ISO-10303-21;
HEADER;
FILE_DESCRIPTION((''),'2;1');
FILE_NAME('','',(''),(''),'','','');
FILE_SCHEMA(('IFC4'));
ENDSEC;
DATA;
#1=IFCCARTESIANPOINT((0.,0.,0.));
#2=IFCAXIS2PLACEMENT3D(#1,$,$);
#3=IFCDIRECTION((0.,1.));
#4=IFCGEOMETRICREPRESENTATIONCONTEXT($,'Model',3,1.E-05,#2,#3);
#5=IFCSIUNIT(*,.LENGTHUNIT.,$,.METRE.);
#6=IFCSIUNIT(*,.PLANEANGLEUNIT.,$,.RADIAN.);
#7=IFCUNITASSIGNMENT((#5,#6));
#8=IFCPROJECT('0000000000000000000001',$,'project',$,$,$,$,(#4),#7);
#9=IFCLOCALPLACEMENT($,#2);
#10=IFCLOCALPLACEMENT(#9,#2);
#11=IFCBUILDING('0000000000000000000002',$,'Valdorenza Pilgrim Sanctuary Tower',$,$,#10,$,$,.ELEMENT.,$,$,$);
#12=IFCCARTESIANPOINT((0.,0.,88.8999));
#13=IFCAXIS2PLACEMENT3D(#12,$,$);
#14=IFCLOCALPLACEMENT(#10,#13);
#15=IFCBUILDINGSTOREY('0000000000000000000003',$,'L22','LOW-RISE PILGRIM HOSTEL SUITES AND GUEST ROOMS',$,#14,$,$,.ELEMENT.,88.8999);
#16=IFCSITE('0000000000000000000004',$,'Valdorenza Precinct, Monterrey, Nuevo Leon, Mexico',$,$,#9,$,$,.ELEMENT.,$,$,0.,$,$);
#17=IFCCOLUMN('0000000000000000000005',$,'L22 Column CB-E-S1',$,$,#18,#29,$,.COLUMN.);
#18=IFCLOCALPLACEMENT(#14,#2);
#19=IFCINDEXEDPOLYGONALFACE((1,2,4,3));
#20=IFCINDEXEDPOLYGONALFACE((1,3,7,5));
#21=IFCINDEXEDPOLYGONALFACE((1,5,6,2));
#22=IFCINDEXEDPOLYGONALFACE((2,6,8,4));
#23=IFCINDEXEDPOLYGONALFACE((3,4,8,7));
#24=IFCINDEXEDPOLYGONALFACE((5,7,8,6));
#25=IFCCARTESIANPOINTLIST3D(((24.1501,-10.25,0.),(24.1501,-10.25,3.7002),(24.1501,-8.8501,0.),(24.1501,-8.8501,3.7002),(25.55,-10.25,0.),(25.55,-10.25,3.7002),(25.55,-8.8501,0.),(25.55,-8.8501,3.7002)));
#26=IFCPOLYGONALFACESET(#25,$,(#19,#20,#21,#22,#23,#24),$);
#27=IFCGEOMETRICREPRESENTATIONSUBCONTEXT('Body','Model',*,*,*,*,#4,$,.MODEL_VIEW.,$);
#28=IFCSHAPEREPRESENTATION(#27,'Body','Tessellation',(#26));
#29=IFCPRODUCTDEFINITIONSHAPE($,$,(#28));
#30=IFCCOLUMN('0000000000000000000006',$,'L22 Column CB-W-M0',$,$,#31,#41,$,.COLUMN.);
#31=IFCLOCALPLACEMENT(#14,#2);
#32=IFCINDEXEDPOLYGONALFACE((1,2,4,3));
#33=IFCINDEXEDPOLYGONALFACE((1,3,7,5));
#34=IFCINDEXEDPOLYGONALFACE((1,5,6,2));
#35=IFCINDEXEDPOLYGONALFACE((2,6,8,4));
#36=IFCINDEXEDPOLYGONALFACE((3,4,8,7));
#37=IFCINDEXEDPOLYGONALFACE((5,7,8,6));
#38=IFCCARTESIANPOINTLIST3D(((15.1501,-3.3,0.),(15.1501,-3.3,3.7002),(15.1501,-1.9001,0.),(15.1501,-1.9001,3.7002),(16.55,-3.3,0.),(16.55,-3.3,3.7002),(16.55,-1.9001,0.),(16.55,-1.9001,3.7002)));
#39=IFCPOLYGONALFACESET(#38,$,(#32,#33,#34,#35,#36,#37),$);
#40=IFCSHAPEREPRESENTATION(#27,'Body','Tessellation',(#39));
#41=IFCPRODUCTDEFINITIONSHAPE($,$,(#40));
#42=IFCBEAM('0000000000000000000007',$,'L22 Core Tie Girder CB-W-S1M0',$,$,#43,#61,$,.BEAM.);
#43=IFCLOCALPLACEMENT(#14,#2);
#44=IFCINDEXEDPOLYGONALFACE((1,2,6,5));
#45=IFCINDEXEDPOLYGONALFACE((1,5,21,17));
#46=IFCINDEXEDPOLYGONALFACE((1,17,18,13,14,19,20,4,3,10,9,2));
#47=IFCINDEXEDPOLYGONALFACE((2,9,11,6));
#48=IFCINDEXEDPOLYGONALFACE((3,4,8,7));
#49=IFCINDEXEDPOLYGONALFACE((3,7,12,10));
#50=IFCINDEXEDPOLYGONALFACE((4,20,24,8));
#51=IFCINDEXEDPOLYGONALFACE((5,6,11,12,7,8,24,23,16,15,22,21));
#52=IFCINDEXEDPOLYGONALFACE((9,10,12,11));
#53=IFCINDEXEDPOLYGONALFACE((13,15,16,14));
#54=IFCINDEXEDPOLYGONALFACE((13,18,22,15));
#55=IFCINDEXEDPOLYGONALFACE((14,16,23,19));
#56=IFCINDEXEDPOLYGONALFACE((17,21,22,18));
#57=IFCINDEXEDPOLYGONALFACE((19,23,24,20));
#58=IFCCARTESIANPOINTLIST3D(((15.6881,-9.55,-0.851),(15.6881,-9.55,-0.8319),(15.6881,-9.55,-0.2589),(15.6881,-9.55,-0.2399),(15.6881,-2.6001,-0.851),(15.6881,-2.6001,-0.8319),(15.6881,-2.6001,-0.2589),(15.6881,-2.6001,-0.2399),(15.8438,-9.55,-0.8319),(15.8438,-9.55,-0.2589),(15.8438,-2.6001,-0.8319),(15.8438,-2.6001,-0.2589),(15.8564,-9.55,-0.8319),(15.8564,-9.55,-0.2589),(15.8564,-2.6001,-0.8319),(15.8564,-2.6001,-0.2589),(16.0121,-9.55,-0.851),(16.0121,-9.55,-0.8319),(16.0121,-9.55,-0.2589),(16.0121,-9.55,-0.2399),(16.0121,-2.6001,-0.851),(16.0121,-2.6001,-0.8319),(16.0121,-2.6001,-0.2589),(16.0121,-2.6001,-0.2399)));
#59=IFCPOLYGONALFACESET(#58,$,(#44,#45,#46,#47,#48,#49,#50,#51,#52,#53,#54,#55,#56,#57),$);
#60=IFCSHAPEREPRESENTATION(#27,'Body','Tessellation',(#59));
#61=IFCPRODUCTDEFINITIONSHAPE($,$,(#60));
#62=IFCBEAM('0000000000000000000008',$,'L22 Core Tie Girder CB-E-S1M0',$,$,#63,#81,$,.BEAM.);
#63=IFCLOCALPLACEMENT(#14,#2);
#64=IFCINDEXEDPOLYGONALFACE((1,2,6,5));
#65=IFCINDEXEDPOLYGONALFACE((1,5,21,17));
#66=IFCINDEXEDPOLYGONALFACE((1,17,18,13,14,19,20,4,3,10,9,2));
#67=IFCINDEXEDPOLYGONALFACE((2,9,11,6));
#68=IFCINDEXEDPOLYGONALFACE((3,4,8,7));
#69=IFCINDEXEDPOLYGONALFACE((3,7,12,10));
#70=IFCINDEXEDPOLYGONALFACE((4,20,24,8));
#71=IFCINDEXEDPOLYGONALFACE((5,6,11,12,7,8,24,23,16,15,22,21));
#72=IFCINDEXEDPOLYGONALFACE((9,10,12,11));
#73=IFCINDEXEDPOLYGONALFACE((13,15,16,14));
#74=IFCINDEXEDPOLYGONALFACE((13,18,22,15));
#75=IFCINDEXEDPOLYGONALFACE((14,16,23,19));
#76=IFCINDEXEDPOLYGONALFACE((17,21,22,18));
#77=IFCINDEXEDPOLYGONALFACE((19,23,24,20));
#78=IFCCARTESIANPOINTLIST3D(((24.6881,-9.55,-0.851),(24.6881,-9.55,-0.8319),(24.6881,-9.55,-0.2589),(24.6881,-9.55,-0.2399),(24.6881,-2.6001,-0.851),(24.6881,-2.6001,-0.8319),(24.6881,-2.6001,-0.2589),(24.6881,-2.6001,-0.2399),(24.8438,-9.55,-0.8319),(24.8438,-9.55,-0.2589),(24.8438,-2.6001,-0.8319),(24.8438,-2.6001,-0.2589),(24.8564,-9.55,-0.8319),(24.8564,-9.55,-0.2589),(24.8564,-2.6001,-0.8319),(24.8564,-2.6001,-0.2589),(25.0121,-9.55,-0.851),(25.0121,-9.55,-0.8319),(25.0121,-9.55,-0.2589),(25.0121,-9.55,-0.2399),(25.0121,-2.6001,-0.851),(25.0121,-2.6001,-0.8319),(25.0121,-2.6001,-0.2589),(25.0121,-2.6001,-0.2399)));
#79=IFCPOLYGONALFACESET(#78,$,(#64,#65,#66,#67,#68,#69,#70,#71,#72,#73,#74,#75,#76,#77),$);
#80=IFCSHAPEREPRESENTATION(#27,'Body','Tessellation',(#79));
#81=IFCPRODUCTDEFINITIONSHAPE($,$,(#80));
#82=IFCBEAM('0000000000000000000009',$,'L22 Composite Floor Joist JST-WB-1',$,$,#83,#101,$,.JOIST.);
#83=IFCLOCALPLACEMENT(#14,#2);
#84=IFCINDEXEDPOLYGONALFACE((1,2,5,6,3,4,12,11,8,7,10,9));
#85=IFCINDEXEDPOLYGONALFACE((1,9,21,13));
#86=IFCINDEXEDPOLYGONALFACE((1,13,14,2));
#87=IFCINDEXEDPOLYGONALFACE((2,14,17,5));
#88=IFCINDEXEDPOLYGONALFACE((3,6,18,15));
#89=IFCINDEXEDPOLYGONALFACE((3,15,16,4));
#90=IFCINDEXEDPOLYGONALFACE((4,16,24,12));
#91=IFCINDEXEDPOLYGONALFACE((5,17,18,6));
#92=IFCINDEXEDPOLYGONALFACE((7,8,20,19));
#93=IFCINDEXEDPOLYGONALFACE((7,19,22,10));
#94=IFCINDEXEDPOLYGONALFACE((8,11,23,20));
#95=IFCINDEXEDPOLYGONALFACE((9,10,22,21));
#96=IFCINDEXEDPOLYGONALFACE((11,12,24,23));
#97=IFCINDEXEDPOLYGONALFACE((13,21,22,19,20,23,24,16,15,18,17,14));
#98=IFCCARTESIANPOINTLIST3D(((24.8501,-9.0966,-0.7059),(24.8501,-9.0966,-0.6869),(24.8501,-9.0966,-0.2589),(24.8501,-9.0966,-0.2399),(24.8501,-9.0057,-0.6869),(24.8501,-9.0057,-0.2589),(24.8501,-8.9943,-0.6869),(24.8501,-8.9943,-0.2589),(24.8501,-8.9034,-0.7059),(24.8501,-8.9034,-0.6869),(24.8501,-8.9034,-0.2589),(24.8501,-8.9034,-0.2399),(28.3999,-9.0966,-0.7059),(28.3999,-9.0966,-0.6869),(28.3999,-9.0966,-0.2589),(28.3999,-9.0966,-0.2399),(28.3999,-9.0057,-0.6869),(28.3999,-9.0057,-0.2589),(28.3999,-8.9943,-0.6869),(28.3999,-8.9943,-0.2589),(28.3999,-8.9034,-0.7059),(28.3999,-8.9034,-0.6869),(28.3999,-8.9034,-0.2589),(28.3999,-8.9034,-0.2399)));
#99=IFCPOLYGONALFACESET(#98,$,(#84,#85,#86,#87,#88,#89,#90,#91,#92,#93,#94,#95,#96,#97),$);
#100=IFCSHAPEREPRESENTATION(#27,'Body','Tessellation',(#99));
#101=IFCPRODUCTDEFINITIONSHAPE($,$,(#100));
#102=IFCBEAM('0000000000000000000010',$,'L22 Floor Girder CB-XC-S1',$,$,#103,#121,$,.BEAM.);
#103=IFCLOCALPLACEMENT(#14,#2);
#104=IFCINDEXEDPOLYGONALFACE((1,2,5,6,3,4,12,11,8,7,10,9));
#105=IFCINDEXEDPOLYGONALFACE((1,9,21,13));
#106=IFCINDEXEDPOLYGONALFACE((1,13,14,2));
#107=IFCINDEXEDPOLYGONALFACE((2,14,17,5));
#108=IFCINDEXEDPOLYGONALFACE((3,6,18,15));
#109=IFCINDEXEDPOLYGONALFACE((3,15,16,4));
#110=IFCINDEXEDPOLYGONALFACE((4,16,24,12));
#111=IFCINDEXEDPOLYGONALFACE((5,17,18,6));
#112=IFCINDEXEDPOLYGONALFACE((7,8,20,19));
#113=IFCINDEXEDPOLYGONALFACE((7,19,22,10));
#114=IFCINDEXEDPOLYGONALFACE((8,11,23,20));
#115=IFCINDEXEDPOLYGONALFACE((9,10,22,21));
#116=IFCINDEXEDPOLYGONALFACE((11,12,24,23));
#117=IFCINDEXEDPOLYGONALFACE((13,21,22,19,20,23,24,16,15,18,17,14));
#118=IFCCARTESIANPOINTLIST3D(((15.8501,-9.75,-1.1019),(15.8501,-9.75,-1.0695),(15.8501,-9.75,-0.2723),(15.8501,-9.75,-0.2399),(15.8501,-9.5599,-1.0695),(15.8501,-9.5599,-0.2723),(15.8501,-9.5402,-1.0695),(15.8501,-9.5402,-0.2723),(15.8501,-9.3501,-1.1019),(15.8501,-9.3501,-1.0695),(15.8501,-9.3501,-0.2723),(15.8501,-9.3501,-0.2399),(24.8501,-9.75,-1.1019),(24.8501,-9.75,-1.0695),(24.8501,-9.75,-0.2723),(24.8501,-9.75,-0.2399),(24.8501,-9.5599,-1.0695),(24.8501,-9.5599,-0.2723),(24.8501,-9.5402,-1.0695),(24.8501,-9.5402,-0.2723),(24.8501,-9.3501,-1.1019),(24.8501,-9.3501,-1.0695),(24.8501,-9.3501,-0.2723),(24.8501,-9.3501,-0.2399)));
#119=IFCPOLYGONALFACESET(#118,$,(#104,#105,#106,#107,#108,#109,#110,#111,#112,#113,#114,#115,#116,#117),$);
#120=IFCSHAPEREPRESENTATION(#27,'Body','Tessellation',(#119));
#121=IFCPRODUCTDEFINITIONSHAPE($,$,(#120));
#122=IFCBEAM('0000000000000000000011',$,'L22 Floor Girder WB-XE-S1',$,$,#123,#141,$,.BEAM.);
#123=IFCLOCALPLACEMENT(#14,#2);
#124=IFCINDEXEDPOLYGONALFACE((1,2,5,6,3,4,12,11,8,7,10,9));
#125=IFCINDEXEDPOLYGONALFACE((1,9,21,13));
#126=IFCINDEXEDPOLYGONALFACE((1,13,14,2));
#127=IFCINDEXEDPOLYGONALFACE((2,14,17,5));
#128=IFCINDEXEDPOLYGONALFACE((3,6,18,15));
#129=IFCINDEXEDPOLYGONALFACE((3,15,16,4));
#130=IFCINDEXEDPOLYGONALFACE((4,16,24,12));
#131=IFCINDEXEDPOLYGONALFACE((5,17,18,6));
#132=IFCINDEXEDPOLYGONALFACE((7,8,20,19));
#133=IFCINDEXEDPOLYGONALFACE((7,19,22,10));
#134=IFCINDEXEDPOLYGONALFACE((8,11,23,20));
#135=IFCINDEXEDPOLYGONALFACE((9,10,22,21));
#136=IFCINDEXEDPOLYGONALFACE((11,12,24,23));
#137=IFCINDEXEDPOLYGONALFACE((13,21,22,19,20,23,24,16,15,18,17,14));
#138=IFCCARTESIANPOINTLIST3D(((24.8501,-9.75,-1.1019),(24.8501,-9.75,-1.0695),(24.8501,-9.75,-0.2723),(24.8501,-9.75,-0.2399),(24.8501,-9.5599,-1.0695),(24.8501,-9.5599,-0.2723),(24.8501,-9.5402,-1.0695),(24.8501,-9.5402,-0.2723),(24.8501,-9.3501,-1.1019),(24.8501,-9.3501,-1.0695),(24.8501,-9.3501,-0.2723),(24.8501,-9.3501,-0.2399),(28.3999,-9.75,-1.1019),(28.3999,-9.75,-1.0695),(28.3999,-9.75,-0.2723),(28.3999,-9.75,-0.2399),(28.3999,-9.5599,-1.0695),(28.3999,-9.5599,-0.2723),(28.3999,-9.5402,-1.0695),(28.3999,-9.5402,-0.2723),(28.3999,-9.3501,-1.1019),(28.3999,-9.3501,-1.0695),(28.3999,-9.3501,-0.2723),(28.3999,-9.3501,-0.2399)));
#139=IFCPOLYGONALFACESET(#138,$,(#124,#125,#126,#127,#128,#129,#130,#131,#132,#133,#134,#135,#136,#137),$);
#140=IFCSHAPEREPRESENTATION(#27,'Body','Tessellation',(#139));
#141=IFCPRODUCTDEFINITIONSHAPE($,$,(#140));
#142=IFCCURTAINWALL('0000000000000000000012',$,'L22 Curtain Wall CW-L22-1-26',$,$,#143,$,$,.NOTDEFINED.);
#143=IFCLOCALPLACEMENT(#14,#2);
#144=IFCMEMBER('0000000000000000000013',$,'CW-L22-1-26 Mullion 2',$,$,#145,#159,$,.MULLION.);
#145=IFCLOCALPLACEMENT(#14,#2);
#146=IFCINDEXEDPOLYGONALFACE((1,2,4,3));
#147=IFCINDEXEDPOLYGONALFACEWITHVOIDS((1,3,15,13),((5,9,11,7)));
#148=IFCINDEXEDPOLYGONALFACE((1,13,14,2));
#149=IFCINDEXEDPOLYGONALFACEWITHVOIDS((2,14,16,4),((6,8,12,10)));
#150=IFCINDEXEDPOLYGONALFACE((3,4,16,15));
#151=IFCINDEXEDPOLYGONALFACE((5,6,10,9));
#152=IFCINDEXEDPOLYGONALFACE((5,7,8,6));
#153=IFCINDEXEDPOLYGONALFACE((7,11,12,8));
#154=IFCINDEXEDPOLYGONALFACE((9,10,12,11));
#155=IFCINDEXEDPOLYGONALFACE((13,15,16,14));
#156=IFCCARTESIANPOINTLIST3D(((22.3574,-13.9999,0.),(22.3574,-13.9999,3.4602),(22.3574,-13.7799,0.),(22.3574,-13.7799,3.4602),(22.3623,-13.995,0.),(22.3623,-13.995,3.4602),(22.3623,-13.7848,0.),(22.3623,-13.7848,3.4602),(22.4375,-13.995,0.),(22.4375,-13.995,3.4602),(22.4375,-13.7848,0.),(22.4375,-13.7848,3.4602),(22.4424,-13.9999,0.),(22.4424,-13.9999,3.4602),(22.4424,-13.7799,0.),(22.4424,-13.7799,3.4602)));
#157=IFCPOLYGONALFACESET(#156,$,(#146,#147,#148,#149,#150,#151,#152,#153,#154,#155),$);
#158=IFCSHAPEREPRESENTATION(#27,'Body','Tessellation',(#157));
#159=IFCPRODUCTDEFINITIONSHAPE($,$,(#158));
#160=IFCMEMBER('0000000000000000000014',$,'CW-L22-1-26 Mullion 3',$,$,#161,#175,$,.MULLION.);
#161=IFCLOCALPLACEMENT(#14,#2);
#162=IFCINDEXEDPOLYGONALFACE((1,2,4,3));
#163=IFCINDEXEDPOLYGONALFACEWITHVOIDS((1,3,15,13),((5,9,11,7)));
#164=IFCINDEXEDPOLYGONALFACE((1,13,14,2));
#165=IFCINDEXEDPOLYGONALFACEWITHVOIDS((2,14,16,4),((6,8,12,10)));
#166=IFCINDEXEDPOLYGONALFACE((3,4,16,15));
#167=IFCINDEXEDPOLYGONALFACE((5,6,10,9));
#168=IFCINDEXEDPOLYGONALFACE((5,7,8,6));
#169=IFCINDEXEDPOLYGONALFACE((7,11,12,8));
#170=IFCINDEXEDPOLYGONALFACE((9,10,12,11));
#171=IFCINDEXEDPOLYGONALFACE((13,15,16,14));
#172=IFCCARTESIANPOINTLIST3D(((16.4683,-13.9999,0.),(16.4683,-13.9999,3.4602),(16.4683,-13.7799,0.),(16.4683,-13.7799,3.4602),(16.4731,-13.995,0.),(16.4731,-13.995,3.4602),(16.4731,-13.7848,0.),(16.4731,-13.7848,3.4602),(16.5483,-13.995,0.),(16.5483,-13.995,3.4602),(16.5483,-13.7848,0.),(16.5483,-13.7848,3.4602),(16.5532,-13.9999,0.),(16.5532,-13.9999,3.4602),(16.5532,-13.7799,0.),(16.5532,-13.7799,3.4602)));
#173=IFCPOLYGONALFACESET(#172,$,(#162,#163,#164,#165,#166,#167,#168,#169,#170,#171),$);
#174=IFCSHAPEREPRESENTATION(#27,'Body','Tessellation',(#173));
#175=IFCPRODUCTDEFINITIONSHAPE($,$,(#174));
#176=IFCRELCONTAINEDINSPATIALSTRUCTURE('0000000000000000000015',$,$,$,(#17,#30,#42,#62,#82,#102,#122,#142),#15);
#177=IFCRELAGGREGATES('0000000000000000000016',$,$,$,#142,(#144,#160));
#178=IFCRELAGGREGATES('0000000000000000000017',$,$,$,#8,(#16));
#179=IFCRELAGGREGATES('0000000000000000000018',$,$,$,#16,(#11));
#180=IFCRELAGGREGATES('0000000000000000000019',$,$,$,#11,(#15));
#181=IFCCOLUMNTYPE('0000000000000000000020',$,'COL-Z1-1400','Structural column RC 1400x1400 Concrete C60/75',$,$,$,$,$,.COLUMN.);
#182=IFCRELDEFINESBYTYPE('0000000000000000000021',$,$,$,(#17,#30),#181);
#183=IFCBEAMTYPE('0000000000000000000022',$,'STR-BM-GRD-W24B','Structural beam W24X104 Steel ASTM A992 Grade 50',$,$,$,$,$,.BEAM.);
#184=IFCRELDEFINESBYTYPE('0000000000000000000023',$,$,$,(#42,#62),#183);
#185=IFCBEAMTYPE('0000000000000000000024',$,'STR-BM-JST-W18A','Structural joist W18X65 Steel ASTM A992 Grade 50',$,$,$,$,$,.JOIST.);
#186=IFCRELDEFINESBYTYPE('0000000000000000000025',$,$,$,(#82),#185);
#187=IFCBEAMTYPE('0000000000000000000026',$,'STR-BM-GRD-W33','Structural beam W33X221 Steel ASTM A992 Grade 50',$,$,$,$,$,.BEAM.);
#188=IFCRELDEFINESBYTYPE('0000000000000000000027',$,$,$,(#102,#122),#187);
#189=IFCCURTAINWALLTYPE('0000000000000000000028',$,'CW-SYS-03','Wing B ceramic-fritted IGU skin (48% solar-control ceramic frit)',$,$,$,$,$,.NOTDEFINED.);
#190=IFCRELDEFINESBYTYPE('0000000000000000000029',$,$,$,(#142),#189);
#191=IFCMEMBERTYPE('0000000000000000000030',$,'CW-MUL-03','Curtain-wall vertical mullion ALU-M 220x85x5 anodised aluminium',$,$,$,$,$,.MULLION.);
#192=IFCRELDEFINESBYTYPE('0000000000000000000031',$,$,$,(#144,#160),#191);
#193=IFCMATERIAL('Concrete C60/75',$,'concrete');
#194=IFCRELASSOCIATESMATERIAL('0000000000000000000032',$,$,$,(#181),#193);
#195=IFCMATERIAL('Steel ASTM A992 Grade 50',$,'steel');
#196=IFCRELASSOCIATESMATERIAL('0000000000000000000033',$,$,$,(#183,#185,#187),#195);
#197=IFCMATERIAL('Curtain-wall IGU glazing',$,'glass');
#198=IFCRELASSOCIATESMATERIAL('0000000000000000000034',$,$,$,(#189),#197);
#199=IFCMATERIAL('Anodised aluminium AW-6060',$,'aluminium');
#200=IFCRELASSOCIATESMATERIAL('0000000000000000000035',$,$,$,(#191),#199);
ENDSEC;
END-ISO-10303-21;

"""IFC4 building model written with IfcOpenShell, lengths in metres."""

from ifc_helpers import new_model, si_unit, direction, frame, origin, origin_2d, place, context, subcontext, project, spatial, rectangle, hollow_rectangle, i_section, extrude, source, transform, mapped, material, material_profile, profile_set, type_object, element, aggregate, save


model = new_model("IFC4")

# Units and contexts
model_context = context("Model", 3, precision=1e-05, world=origin(), true_north=direction((0.0, 1.0)))
body_context = subcontext(model_context, "Body", "Model", "MODEL_VIEW")
ifc_project = project(units=[si_unit("LENGTHUNIT", "METRE"), si_unit("PLANEANGLEUNIT", "RADIAN")], contexts=[model_context])

# Site, building, storey
site_placement = place(None, origin())
site = spatial("IfcSite", under=ifc_project, at=site_placement, Name="Valdorenza Precinct, Monterrey, Nuevo Leon, Mexico", CompositionType="ELEMENT", RefElevation=0.0)
building_placement = place(site_placement, origin())
building = spatial("IfcBuilding", under=site, at=building_placement, Name="Valdorenza Pilgrim Sanctuary Tower", CompositionType="ELEMENT")
storey_placement = place(building_placement, frame((0.0, 0.0, 88.8999)))
storey = spatial("IfcBuildingStorey", under=building, at=storey_placement, Name="L22", Description="LOW-RISE PILGRIM HOSTEL SUITES AND GUEST ROOMS", CompositionType="ELEMENT", Elevation=88.8999)

# Columns
ifc_material_1 = material(Name="Concrete C60/75", Category="concrete")
ifc_material_profile_1 = material_profile(ifc_material_1, rectangle(XDim=1.3999, YDim=1.3999, at=origin_2d()), Name="RC 1400x1400")
ifc_profile_set_1 = profile_set([ifc_material_profile_1], Name="Concrete C60/75")
column_type = type_object("IfcColumnType", Name="COL-Z1-1400", Description="Structural column RC 1400x1400 Concrete C60/75", PredefinedType="COLUMN", material=ifc_profile_set_1)
shared_shape_1 = source(origin(), body_context, "Body", "SweptSolid", [
    extrude(rectangle(XDim=1.3999, YDim=1.3999, at=origin_2d()), origin(), (0.0, 0.0, 1.0), 3.7002),
])
for number, where, z_axis, x_axis, name in (
    (1, (24.8501, -9.55, 0.0), (0.0, 0.0, 1.0), (1.0, 0.0, 0.0), "L22 Column CB-E-S1"),
    (2, (15.8501, -2.6001, 0.0), (0.0, 0.0, 1.0), (1.0, 0.0, 0.0), "L22 Column CB-W-M0"),
):
    element("IfcColumn", number, at=place(storey_placement, frame(where, z_axis=z_axis, x_axis=x_axis)), inside=storey, type_object=column_type, Name=name, PredefinedType="COLUMN", context=body_context, shape_type="MappedRepresentation", body=[
        mapped(shared_shape_1, transform((0.0, 0.0, 0.0), x_axis=(1.0, 0.0, 0.0), y_axis=(0.0, 1.0, 0.0), z_axis=(0.0, 0.0, 1.0), scale=1.0)),
    ])

# Beams
ifc_material_2 = material(Name="Steel ASTM A992 Grade 50", Category="steel")
ifc_material_profile_2 = material_profile(ifc_material_2, i_section(OverallWidth=0.324, OverallDepth=0.6111, WebThickness=0.0127, FlangeThickness=0.019, at=origin_2d()), Name="W24X104")
ifc_profile_set_2 = profile_set([ifc_material_profile_2], Name="Steel ASTM A992 Grade 50")
beam_type_1 = type_object("IfcBeamType", Name="STR-BM-GRD-W24B", Description="Structural beam W24X104 Steel ASTM A992 Grade 50", PredefinedType="BEAM", material=ifc_profile_set_2)
shared_shape_2 = source(origin(), body_context, "Body", "SweptSolid", [
    extrude(i_section(OverallWidth=0.324, OverallDepth=0.6111, WebThickness=0.0127, FlangeThickness=0.019, at=origin_2d()), origin(), (0.0, 0.0, 1.0), 6.95),
])
for number, where, z_axis, x_axis, name in (
    (3, (15.8501, -9.55, -0.5454), (0.0, 1.0, 0.0), (-1.0, 0.0, 0.0), "L22 Core Tie Girder CB-W-S1M0"),
    (4, (24.8501, -9.55, -0.5454), (0.0, 1.0, 0.0), (-1.0, 0.0, 0.0), "L22 Core Tie Girder CB-E-S1M0"),
):
    element("IfcBeam", number, at=place(storey_placement, frame(where, z_axis=z_axis, x_axis=x_axis)), inside=storey, type_object=beam_type_1, Name=name, PredefinedType="BEAM", context=body_context, shape_type="MappedRepresentation", body=[
        mapped(shared_shape_2, transform((0.0, 0.0, 0.0), x_axis=(1.0, 0.0, 0.0), y_axis=(0.0, 1.0, 0.0), z_axis=(0.0, 0.0, 1.0), scale=1.0)),
    ])
ifc_material_profile_3 = material_profile(ifc_material_2, i_section(OverallWidth=0.1931, OverallDepth=0.4661, WebThickness=0.0115, FlangeThickness=0.019, at=origin_2d()), Name="W18X65")
ifc_profile_set_3 = profile_set([ifc_material_profile_3], Name="Steel ASTM A992 Grade 50")
beam_type_2 = type_object("IfcBeamType", Name="STR-BM-JST-W18A", Description="Structural joist W18X65 Steel ASTM A992 Grade 50", PredefinedType="JOIST", material=ifc_profile_set_3)
shared_shape_3 = source(origin(), body_context, "Body", "SweptSolid", [
    extrude(i_section(OverallWidth=0.1931, OverallDepth=0.4661, WebThickness=0.0115, FlangeThickness=0.019, at=origin_2d()), origin(), (0.0, 0.0, 1.0), 3.5498),
])
beam_1_placement = place(storey_placement, frame((24.8501, -9.0, -0.4729), z_axis=(1.0, 0.0, 0.0), x_axis=(0.0, 1.0, 0.0)))
element("IfcBeam", 5, at=beam_1_placement, inside=storey, type_object=beam_type_2, Name="L22 Composite Floor Joist JST-WB-1", PredefinedType="JOIST", context=body_context, shape_type="MappedRepresentation", body=[
    mapped(shared_shape_3, transform((0.0, 0.0, 0.0), x_axis=(1.0, 0.0, 0.0), y_axis=(0.0, 1.0, 0.0), z_axis=(0.0, 0.0, 1.0), scale=1.0)),
])
ifc_material_profile_4 = material_profile(ifc_material_2, i_section(OverallWidth=0.3999, OverallDepth=0.8621, WebThickness=0.0198, FlangeThickness=0.0325, at=origin_2d()), Name="W33X221")
ifc_profile_set_4 = profile_set([ifc_material_profile_4], Name="Steel ASTM A992 Grade 50")
beam_type_3 = type_object("IfcBeamType", Name="STR-BM-GRD-W33", Description="Structural beam W33X221 Steel ASTM A992 Grade 50", PredefinedType="BEAM", material=ifc_profile_set_4)
shared_shape_4 = source(origin(), body_context, "Body", "SweptSolid", [
    extrude(i_section(OverallWidth=0.3999, OverallDepth=0.8621, WebThickness=0.0198, FlangeThickness=0.0325, at=origin_2d()), origin(), (0.0, 0.0, 1.0), 9.0),
])
beam_2_placement = place(storey_placement, frame((15.8501, -9.55, -0.6709), z_axis=(1.0, 0.0, 0.0), x_axis=(0.0, 1.0, 0.0)))
element("IfcBeam", 6, at=beam_2_placement, inside=storey, type_object=beam_type_3, Name="L22 Floor Girder CB-XC-S1", PredefinedType="BEAM", context=body_context, shape_type="MappedRepresentation", body=[
    mapped(shared_shape_4, transform((0.0, 0.0, 0.0), x_axis=(1.0, 0.0, 0.0), y_axis=(0.0, 1.0, 0.0), z_axis=(0.0, 0.0, 1.0), scale=1.0)),
])
shared_shape_5 = source(origin(), body_context, "Body", "SweptSolid", [
    extrude(i_section(OverallWidth=0.3999, OverallDepth=0.8621, WebThickness=0.0198, FlangeThickness=0.0325, at=origin_2d()), origin(), (0.0, 0.0, 1.0), 3.5498),
])
beam_3_placement = place(storey_placement, frame((24.8501, -9.55, -0.6709), z_axis=(1.0, 0.0, 0.0), x_axis=(0.0, 1.0, 0.0)))
element("IfcBeam", 7, at=beam_3_placement, inside=storey, type_object=beam_type_3, Name="L22 Floor Girder WB-XE-S1", PredefinedType="BEAM", context=body_context, shape_type="MappedRepresentation", body=[
    mapped(shared_shape_5, transform((0.0, 0.0, 0.0), x_axis=(1.0, 0.0, 0.0), y_axis=(0.0, 1.0, 0.0), z_axis=(0.0, 0.0, 1.0), scale=1.0)),
])

# Curtain wall, members
ifc_material_3 = material(Name="Curtain-wall IGU glazing", Category="glass")
curtain_wall_type = type_object("IfcCurtainWallType", Name="CW-SYS-03", Description="Wing B ceramic-fritted IGU skin (48% solar-control ceramic frit)", PredefinedType="NOTDEFINED", material=ifc_material_3)
curtain_wall_placement = place(storey_placement, origin())
curtain_wall = element("IfcCurtainWall", 8, at=curtain_wall_placement, inside=storey, type_object=curtain_wall_type, Name="L22 Curtain Wall CW-L22-1-26", PredefinedType="NOTDEFINED")
ifc_material_4 = material(Name="Anodised aluminium AW-6060", Category="aluminium")
ifc_material_profile_5 = material_profile(ifc_material_4, hollow_rectangle(XDim=0.085, YDim=0.22, WallThickness=0.0049, at=origin_2d()), Name="ALU-M 220x85x5")
ifc_profile_set_5 = profile_set([ifc_material_profile_5], Name="Anodised aluminium AW-6060")
member_type = type_object("IfcMemberType", Name="CW-MUL-03", Description="Curtain-wall vertical mullion ALU-M 220x85x5 anodised aluminium", PredefinedType="MULLION", material=ifc_profile_set_5)
shared_shape_6 = source(origin(), body_context, "Body", "SweptSolid", [
    extrude(hollow_rectangle(XDim=0.085, YDim=0.22, WallThickness=0.0049, at=origin_2d()), origin(), (0.0, 0.0, 1.0), 3.4602),
])
member_1_placement = place(storey_placement, frame((22.3999, -13.8899, 0.0), z_axis=(0.0, 0.0, 1.0), x_axis=(-1.0, 0.0, 0.0)))
member_1 = element("IfcMember", 9, at=member_1_placement, type_object=member_type, Name="CW-L22-1-26 Mullion 2", PredefinedType="MULLION", context=body_context, shape_type="MappedRepresentation", body=[
    mapped(shared_shape_6, transform((0.0, 0.0, 0.0), x_axis=(1.0, 0.0, 0.0), y_axis=(0.0, 1.0, 0.0), z_axis=(0.0, 0.0, 1.0), scale=1.0)),
])
member_2_placement = place(storey_placement, frame((16.5107, -13.8899, 0.0), z_axis=(0.0, 0.0, 1.0), x_axis=(-1.0, 0.0, 0.0)))
member_2 = element("IfcMember", 10, at=member_2_placement, type_object=member_type, Name="CW-L22-1-26 Mullion 3", PredefinedType="MULLION", context=body_context, shape_type="MappedRepresentation", body=[
    mapped(shared_shape_6, transform((0.0, 0.0, 0.0), x_axis=(1.0, 0.0, 0.0), y_axis=(0.0, 1.0, 0.0), z_axis=(0.0, 0.0, 1.0), scale=1.0)),
])
aggregate(curtain_wall, [member_1, member_2])

save(model, "model.ifc")
